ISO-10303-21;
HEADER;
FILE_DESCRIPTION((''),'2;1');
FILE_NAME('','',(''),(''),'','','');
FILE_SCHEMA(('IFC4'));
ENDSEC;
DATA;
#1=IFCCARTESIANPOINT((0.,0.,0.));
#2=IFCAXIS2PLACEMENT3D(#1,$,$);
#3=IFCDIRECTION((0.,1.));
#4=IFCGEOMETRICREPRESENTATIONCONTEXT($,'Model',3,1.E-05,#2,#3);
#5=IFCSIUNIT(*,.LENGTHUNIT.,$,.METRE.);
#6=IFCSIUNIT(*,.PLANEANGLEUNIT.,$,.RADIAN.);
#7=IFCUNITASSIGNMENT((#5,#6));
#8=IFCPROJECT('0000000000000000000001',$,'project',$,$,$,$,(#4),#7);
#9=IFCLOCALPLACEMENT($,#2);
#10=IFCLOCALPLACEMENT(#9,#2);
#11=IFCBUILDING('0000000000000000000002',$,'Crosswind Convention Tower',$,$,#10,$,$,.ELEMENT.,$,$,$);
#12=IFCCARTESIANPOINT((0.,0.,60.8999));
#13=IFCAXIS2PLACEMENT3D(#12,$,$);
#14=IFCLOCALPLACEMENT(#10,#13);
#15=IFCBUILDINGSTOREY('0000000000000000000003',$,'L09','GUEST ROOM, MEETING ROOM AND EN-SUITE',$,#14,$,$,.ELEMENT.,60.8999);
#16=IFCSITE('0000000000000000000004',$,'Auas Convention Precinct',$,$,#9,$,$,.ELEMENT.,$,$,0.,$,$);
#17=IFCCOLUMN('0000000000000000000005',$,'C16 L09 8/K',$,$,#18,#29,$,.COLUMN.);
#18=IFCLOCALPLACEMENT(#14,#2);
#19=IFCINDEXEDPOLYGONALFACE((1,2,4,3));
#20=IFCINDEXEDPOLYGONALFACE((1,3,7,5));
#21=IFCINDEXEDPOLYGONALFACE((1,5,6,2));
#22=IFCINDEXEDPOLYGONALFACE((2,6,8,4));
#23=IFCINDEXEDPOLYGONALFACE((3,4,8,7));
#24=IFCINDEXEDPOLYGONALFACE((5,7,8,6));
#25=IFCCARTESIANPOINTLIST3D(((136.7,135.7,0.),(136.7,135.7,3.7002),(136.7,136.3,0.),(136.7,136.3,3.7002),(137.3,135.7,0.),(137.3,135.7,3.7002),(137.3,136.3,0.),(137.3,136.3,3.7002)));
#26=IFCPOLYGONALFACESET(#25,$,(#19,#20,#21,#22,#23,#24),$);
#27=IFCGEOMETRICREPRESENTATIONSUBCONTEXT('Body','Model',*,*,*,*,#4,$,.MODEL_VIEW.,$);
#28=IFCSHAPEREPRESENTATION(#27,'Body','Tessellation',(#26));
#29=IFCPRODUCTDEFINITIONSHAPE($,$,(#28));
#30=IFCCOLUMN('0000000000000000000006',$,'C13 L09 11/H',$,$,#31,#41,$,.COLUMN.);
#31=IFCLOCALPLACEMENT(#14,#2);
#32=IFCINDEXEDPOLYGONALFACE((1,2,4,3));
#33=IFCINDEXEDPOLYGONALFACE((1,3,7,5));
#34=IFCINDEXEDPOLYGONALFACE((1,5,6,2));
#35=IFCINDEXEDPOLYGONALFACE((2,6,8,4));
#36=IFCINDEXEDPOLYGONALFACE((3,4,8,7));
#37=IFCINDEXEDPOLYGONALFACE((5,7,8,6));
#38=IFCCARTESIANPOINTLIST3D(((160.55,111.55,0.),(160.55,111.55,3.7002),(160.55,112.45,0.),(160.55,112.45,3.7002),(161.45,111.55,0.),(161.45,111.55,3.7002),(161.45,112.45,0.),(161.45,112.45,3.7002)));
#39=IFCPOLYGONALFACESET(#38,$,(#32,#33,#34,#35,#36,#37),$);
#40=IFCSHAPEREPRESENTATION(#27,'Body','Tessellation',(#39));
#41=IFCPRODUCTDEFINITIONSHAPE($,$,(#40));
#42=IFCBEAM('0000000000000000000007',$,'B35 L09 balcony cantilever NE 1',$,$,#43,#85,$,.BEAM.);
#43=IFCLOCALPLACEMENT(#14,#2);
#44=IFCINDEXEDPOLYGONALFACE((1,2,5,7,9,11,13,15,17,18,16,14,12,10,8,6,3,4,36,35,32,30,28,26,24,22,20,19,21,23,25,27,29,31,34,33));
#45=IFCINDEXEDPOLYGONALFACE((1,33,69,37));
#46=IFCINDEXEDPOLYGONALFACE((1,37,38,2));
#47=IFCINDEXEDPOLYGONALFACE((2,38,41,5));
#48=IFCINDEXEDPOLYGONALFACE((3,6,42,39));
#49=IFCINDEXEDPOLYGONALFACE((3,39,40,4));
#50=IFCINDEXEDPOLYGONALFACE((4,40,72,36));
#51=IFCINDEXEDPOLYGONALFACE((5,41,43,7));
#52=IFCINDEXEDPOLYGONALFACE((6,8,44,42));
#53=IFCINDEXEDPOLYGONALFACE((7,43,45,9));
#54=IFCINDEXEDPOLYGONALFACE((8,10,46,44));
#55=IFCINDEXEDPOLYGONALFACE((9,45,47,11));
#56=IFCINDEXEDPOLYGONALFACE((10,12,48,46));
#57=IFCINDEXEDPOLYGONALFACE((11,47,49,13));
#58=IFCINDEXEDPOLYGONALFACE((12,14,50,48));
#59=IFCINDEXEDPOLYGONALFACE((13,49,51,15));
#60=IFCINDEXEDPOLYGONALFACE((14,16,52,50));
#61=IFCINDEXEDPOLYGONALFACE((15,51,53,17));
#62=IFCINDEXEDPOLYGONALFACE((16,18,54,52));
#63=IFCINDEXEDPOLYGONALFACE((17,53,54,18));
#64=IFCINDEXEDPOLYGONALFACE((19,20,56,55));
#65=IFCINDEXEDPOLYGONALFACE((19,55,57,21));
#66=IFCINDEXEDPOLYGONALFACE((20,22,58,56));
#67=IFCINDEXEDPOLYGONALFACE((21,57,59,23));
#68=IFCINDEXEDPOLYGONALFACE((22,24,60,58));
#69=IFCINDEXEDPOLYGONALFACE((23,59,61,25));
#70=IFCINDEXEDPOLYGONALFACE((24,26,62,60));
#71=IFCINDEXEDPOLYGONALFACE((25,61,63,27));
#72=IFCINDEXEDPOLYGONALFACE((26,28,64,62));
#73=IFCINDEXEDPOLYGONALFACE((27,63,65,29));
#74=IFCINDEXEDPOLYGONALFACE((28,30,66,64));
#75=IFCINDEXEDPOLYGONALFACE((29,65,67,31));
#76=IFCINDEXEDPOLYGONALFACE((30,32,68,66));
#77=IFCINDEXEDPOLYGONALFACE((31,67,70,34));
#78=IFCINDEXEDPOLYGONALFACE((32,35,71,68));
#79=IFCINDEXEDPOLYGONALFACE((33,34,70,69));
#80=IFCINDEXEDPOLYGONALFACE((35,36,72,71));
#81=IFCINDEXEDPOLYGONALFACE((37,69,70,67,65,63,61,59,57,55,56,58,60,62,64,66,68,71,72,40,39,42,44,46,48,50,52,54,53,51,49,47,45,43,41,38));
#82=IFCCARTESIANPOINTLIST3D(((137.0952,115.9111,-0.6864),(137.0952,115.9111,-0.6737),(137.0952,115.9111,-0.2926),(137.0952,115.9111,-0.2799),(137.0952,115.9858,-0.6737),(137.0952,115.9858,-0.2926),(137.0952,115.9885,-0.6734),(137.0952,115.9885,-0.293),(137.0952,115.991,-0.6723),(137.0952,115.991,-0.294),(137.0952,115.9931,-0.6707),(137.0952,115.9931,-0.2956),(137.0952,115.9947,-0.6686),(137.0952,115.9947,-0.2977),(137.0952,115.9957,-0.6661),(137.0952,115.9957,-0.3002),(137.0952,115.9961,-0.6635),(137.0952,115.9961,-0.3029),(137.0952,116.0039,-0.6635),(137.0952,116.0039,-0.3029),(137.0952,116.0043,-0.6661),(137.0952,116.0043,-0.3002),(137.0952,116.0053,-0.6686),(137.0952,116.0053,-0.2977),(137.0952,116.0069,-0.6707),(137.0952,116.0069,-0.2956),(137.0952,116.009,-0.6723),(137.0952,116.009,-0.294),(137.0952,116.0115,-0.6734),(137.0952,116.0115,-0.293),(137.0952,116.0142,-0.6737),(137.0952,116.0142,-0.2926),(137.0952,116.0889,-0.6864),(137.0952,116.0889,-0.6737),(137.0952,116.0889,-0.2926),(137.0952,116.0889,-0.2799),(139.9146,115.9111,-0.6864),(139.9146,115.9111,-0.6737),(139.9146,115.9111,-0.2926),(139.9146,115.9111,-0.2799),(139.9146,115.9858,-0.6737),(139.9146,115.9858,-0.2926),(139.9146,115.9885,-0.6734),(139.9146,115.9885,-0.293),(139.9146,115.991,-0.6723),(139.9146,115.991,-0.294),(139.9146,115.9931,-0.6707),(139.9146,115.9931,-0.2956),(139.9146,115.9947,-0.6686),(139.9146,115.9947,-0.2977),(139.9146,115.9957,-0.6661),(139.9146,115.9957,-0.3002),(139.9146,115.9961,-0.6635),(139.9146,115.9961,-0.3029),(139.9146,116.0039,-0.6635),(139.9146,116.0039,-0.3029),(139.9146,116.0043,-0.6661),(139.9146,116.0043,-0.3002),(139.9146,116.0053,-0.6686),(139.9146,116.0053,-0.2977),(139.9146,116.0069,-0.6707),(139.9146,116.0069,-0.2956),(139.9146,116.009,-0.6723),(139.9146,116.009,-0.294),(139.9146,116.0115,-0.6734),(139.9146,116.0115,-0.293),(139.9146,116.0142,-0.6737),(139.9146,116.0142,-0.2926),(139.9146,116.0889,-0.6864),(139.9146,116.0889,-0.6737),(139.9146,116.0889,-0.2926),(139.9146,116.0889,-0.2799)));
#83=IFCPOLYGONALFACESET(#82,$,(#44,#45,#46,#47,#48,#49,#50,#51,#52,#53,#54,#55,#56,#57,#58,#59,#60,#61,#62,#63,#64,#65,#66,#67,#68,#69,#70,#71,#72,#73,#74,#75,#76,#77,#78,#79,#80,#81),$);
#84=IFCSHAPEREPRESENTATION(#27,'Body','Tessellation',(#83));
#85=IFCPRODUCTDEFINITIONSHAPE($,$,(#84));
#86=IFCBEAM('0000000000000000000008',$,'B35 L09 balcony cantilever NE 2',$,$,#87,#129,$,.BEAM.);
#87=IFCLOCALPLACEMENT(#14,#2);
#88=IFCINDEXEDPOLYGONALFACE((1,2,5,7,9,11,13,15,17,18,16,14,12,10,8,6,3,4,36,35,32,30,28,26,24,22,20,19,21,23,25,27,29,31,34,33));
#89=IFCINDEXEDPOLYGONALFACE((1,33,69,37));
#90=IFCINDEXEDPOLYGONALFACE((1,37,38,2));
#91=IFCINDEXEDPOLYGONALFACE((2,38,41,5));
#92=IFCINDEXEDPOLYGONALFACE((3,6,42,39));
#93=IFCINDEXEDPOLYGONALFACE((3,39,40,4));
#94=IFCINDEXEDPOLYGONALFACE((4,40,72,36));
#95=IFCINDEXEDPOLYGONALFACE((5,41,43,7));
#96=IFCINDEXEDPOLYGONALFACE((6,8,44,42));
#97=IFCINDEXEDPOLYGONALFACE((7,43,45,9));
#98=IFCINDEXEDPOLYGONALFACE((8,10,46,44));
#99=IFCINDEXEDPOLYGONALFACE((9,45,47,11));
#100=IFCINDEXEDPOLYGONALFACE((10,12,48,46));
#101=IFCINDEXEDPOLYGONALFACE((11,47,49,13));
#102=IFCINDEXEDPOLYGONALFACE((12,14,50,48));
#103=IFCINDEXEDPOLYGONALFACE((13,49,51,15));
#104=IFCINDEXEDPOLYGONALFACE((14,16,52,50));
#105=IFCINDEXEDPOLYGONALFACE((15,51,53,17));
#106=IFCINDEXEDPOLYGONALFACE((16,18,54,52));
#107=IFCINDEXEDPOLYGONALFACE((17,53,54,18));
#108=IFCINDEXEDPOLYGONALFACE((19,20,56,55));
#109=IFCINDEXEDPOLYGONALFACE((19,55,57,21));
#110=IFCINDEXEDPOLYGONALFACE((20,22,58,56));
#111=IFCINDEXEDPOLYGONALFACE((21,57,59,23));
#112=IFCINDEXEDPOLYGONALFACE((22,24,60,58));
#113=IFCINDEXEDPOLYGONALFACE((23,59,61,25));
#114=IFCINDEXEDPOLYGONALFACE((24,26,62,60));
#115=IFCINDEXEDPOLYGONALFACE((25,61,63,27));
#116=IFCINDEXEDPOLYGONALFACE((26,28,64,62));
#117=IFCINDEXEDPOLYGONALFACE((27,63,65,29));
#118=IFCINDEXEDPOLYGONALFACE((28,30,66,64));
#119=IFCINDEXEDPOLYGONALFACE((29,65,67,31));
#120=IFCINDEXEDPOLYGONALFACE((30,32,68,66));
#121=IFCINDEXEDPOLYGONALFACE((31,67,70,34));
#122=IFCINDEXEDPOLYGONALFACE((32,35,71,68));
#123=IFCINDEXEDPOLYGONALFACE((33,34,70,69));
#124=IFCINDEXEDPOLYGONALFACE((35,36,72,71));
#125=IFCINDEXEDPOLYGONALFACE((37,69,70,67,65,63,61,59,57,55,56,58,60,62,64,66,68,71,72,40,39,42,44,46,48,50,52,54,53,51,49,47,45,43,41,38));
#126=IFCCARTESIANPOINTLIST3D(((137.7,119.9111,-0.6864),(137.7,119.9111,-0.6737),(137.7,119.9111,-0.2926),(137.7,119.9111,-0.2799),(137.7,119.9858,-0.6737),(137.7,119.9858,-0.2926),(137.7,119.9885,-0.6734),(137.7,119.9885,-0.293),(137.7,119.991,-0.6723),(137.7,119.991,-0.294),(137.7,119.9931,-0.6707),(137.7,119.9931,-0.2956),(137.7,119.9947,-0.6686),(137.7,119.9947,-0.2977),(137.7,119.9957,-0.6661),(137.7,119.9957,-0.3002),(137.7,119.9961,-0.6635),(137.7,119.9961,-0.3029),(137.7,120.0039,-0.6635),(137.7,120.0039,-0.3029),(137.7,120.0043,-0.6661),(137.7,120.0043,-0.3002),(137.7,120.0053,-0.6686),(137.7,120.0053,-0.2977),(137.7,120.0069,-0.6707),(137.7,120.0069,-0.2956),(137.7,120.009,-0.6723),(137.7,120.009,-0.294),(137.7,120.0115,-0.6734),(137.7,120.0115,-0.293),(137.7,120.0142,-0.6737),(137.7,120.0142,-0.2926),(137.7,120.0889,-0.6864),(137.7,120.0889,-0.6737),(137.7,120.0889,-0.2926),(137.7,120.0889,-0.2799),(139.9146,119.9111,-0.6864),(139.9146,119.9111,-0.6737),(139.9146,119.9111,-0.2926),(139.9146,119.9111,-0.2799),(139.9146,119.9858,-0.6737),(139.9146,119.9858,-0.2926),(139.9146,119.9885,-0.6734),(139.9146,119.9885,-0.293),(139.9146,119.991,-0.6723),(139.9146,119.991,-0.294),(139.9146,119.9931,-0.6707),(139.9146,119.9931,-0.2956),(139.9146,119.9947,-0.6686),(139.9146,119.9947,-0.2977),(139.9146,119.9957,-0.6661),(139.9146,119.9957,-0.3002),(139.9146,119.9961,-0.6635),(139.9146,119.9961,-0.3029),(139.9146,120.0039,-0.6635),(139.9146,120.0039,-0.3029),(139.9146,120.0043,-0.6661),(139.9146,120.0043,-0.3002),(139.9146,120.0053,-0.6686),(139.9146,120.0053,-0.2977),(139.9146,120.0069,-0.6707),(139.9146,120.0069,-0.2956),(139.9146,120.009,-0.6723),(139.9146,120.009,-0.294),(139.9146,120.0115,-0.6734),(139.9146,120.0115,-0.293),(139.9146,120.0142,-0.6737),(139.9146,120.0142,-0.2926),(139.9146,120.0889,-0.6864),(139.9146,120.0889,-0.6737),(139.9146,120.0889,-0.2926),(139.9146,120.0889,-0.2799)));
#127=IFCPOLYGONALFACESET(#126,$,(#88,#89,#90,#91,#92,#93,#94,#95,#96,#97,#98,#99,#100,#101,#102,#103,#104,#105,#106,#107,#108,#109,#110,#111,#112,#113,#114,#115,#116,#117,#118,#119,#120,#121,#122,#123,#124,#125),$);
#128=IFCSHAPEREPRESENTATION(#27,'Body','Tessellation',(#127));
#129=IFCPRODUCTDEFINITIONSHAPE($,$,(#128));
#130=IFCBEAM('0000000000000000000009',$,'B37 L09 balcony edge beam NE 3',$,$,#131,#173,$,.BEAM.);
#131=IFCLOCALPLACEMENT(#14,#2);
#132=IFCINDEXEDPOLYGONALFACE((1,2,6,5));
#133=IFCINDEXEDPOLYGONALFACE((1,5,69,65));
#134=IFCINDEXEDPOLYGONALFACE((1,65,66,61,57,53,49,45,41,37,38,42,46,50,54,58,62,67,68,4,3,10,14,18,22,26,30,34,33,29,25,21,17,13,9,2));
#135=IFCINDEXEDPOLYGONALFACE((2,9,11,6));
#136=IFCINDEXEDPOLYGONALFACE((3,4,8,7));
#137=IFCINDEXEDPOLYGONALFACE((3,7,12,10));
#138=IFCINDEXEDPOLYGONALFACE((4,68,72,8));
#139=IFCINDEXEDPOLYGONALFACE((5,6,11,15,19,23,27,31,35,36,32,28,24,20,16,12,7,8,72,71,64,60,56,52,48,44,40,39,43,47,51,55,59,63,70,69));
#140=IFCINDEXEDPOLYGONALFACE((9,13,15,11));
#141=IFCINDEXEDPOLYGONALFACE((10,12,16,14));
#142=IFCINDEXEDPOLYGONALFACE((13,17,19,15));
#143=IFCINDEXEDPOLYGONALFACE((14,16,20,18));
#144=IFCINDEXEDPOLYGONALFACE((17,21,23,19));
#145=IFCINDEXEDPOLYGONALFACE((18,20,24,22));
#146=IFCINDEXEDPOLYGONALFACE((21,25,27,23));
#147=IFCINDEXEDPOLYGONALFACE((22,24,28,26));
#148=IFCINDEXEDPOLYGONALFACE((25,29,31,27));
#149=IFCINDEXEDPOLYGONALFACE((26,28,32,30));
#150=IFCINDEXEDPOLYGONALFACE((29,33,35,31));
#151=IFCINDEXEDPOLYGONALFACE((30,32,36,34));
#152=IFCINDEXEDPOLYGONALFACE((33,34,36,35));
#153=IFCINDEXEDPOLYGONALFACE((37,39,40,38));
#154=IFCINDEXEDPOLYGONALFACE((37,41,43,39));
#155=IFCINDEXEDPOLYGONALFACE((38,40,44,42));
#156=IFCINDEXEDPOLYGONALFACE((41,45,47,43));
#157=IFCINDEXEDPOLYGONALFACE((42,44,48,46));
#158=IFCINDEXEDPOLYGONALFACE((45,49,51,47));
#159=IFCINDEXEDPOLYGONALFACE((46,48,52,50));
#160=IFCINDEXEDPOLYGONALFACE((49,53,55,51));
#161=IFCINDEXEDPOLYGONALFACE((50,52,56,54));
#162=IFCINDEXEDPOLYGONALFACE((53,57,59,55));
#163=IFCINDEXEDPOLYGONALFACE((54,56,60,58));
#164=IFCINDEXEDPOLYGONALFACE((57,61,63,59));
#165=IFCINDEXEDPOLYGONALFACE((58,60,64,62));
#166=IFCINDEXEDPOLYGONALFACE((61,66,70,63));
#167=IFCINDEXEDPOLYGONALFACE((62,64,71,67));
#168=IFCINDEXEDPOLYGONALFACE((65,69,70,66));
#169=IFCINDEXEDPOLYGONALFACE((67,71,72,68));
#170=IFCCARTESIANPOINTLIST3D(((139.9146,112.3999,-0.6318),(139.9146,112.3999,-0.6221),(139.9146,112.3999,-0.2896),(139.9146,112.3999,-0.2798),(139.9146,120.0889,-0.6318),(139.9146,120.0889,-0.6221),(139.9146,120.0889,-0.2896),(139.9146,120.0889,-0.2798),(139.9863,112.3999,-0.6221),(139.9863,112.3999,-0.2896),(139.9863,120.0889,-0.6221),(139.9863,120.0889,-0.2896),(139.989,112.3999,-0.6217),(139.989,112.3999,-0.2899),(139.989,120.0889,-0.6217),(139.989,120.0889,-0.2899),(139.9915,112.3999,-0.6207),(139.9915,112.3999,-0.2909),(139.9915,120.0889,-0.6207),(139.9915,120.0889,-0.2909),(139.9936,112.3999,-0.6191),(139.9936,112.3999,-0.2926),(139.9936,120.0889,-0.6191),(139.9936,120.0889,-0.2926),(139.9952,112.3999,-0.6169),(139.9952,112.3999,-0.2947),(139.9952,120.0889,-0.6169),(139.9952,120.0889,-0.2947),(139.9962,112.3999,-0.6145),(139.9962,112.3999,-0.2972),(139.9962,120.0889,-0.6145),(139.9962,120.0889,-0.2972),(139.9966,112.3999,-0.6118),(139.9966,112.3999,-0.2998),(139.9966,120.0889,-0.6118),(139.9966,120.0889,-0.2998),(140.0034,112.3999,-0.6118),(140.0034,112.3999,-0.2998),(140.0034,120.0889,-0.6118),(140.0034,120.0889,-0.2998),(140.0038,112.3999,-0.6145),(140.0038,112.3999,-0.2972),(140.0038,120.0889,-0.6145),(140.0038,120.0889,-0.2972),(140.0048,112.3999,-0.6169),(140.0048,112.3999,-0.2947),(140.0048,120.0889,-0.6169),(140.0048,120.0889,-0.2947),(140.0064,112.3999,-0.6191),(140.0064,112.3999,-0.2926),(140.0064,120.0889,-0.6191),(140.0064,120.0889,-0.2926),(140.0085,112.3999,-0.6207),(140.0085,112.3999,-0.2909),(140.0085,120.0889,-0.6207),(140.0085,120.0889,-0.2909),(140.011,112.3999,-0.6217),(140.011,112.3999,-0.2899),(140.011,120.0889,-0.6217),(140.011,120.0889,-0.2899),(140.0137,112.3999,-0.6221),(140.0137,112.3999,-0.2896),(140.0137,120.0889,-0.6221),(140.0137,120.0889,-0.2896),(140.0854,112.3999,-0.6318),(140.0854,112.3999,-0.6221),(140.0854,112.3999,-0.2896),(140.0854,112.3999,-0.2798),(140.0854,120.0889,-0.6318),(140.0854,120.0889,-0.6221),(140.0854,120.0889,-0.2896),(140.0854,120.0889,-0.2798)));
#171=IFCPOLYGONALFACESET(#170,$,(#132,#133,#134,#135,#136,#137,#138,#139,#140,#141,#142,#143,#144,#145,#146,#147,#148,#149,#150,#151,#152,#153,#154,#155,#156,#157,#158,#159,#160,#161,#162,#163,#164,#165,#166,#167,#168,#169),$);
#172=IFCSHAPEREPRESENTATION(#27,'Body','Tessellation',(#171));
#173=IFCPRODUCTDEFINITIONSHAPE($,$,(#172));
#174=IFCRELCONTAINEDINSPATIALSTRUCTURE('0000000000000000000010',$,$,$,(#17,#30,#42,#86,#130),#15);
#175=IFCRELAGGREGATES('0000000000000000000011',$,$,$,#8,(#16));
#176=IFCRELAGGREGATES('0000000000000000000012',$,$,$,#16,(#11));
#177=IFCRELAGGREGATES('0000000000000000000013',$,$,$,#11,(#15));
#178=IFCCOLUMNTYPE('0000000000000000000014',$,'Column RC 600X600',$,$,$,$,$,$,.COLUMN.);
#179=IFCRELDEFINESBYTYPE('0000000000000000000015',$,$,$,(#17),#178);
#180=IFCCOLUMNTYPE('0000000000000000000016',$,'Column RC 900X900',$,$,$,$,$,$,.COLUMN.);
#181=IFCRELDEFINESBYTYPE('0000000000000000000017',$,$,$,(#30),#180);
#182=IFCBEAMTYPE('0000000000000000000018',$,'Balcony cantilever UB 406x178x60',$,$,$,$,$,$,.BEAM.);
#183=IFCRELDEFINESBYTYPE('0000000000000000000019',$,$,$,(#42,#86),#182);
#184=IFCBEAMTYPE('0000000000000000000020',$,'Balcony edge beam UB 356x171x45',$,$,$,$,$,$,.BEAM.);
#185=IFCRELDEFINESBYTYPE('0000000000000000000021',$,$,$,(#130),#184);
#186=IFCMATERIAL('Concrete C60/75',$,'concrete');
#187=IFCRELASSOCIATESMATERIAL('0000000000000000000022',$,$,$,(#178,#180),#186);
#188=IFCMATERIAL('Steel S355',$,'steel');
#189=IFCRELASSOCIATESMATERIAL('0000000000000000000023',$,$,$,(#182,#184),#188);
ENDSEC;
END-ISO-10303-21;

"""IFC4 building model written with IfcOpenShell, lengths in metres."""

from ifc_helpers import new_model, si_unit, direction, frame, origin, origin_2d, place, context, subcontext, project, spatial, rectangle, i_section, extrude, material, material_profile, profile_set, type_object, element, save


model = new_model("IFC4")

# Units and contexts
model_context = context("Model", 3, precision=1e-05, world=origin(), true_north=direction((0.0, 1.0)))
body_context = subcontext(model_context, "Body", "Model", "MODEL_VIEW")
ifc_project = project(units=[si_unit("LENGTHUNIT", "METRE"), si_unit("PLANEANGLEUNIT", "RADIAN")], contexts=[model_context])

# Site, building, storey
site_placement = place(None, origin())
site = spatial("IfcSite", under=ifc_project, at=site_placement, Name="Auas Convention Precinct", CompositionType="ELEMENT", RefElevation=0.0)
building_placement = place(site_placement, origin())
building = spatial("IfcBuilding", under=site, at=building_placement, Name="Crosswind Convention Tower", CompositionType="ELEMENT")
storey_placement = place(building_placement, frame((0.0, 0.0, 60.8999)))
storey = spatial("IfcBuildingStorey", under=building, at=storey_placement, Name="L09", Description="GUEST ROOM, MEETING ROOM AND EN-SUITE", CompositionType="ELEMENT", Elevation=60.8999)

# Columns
ifc_material_1 = material(Name="Concrete C60/75", Category="concrete")
ifc_material_profile_1 = material_profile(ifc_material_1, rectangle(XDim=0.6001, YDim=0.6001, at=origin_2d()), Name="RC 600X600")
ifc_profile_set_1 = profile_set([ifc_material_profile_1], Name="Concrete C60/75")
column_type_1 = type_object("IfcColumnType", Name="Column RC 600X600", PredefinedType="COLUMN", material=ifc_profile_set_1)
column_1_placement = place(storey_placement, frame((137.0, 136.0, 0.0), z_axis=(0.0, 0.0, 1.0), x_axis=(1.0, 0.0, 0.0)))
element("IfcColumn", 1, at=column_1_placement, inside=storey, type_object=column_type_1, Name="C16 L09 8/K", PredefinedType="COLUMN", context=body_context, shape_type="SweptSolid", body=[
    extrude(rectangle(XDim=0.6001, YDim=0.6001, at=origin_2d()), origin(), (0.0, 0.0, 1.0), 3.7002),
])
ifc_material_profile_2 = material_profile(ifc_material_1, rectangle(XDim=0.8999, YDim=0.8999, at=origin_2d()), Name="RC 900X900")
ifc_profile_set_2 = profile_set([ifc_material_profile_2], Name="Concrete C60/75")
column_type_2 = type_object("IfcColumnType", Name="Column RC 900X900", PredefinedType="COLUMN", material=ifc_profile_set_2)
column_2_placement = place(storey_placement, frame((161.0, 112.0, 0.0), z_axis=(0.0, 0.0, 1.0), x_axis=(1.0, 0.0, 0.0)))
element("IfcColumn", 2, at=column_2_placement, inside=storey, type_object=column_type_2, Name="C13 L09 11/H", PredefinedType="COLUMN", context=body_context, shape_type="SweptSolid", body=[
    extrude(rectangle(XDim=0.8999, YDim=0.8999, at=origin_2d()), origin(), (0.0, 0.0, 1.0), 3.7002),
])

# Beams
ifc_material_2 = material(Name="Steel S355", Category="steel")
ifc_material_profile_3 = material_profile(ifc_material_2, i_section(OverallWidth=0.1777, OverallDepth=0.4065, WebThickness=0.0078, FlangeThickness=0.0127, FilletRadius=0.0103, at=origin_2d()), Name="UB 406x178x60")
ifc_profile_set_3 = profile_set([ifc_material_profile_3], Name="Steel S355")
beam_type_1 = type_object("IfcBeamType", Name="Balcony cantilever UB 406x178x60", PredefinedType="BEAM", material=ifc_profile_set_3)
beam_1_placement = place(storey_placement, frame((137.0952, 116.0, -0.4832), z_axis=(1.0, 0.0, 0.0), x_axis=(0.0, 1.0, 0.0)))
element("IfcBeam", 3, at=beam_1_placement, inside=storey, type_object=beam_type_1, Name="B35 L09 balcony cantilever NE 1", PredefinedType="BEAM", context=body_context, shape_type="SweptSolid", body=[
    extrude(i_section(OverallWidth=0.1777, OverallDepth=0.4065, WebThickness=0.0078, FlangeThickness=0.0127, FilletRadius=0.0103, at=origin_2d()), origin(), (0.0, 0.0, 1.0), 2.8193),
])
beam_2_placement = place(storey_placement, frame((137.7, 120.0, -0.4832), z_axis=(1.0, 0.0, 0.0), x_axis=(0.0, 1.0, 0.0)))
element("IfcBeam", 4, at=beam_2_placement, inside=storey, type_object=beam_type_1, Name="B35 L09 balcony cantilever NE 2", PredefinedType="BEAM", context=body_context, shape_type="SweptSolid", body=[
    extrude(i_section(OverallWidth=0.1777, OverallDepth=0.4065, WebThickness=0.0078, FlangeThickness=0.0127, FilletRadius=0.0103, at=origin_2d()), origin(), (0.0, 0.0, 1.0), 2.2146),
])
ifc_material_profile_4 = material_profile(ifc_material_2, i_section(OverallWidth=0.1709, OverallDepth=0.3521, WebThickness=0.0068, FlangeThickness=0.0098, FilletRadius=0.0103, at=origin_2d()), Name="UB 356x171x45")
ifc_profile_set_4 = profile_set([ifc_material_profile_4], Name="Steel S355")
beam_type_2 = type_object("IfcBeamType", Name="Balcony edge beam UB 356x171x45", PredefinedType="BEAM", material=ifc_profile_set_4)
beam_3_placement = place(storey_placement, frame((140.0, 112.3999, -0.4558), z_axis=(0.0, 1.0, 0.0), x_axis=(-1.0, 0.0, 0.0)))
element("IfcBeam", 5, at=beam_3_placement, inside=storey, type_object=beam_type_2, Name="B37 L09 balcony edge beam NE 3", PredefinedType="BEAM", context=body_context, shape_type="SweptSolid", body=[
    extrude(i_section(OverallWidth=0.1709, OverallDepth=0.3521, WebThickness=0.0068, FlangeThickness=0.0098, FilletRadius=0.0103, at=origin_2d()), origin(), (0.0, 0.0, 1.0), 7.689),
])

save(model, "model.ifc")
